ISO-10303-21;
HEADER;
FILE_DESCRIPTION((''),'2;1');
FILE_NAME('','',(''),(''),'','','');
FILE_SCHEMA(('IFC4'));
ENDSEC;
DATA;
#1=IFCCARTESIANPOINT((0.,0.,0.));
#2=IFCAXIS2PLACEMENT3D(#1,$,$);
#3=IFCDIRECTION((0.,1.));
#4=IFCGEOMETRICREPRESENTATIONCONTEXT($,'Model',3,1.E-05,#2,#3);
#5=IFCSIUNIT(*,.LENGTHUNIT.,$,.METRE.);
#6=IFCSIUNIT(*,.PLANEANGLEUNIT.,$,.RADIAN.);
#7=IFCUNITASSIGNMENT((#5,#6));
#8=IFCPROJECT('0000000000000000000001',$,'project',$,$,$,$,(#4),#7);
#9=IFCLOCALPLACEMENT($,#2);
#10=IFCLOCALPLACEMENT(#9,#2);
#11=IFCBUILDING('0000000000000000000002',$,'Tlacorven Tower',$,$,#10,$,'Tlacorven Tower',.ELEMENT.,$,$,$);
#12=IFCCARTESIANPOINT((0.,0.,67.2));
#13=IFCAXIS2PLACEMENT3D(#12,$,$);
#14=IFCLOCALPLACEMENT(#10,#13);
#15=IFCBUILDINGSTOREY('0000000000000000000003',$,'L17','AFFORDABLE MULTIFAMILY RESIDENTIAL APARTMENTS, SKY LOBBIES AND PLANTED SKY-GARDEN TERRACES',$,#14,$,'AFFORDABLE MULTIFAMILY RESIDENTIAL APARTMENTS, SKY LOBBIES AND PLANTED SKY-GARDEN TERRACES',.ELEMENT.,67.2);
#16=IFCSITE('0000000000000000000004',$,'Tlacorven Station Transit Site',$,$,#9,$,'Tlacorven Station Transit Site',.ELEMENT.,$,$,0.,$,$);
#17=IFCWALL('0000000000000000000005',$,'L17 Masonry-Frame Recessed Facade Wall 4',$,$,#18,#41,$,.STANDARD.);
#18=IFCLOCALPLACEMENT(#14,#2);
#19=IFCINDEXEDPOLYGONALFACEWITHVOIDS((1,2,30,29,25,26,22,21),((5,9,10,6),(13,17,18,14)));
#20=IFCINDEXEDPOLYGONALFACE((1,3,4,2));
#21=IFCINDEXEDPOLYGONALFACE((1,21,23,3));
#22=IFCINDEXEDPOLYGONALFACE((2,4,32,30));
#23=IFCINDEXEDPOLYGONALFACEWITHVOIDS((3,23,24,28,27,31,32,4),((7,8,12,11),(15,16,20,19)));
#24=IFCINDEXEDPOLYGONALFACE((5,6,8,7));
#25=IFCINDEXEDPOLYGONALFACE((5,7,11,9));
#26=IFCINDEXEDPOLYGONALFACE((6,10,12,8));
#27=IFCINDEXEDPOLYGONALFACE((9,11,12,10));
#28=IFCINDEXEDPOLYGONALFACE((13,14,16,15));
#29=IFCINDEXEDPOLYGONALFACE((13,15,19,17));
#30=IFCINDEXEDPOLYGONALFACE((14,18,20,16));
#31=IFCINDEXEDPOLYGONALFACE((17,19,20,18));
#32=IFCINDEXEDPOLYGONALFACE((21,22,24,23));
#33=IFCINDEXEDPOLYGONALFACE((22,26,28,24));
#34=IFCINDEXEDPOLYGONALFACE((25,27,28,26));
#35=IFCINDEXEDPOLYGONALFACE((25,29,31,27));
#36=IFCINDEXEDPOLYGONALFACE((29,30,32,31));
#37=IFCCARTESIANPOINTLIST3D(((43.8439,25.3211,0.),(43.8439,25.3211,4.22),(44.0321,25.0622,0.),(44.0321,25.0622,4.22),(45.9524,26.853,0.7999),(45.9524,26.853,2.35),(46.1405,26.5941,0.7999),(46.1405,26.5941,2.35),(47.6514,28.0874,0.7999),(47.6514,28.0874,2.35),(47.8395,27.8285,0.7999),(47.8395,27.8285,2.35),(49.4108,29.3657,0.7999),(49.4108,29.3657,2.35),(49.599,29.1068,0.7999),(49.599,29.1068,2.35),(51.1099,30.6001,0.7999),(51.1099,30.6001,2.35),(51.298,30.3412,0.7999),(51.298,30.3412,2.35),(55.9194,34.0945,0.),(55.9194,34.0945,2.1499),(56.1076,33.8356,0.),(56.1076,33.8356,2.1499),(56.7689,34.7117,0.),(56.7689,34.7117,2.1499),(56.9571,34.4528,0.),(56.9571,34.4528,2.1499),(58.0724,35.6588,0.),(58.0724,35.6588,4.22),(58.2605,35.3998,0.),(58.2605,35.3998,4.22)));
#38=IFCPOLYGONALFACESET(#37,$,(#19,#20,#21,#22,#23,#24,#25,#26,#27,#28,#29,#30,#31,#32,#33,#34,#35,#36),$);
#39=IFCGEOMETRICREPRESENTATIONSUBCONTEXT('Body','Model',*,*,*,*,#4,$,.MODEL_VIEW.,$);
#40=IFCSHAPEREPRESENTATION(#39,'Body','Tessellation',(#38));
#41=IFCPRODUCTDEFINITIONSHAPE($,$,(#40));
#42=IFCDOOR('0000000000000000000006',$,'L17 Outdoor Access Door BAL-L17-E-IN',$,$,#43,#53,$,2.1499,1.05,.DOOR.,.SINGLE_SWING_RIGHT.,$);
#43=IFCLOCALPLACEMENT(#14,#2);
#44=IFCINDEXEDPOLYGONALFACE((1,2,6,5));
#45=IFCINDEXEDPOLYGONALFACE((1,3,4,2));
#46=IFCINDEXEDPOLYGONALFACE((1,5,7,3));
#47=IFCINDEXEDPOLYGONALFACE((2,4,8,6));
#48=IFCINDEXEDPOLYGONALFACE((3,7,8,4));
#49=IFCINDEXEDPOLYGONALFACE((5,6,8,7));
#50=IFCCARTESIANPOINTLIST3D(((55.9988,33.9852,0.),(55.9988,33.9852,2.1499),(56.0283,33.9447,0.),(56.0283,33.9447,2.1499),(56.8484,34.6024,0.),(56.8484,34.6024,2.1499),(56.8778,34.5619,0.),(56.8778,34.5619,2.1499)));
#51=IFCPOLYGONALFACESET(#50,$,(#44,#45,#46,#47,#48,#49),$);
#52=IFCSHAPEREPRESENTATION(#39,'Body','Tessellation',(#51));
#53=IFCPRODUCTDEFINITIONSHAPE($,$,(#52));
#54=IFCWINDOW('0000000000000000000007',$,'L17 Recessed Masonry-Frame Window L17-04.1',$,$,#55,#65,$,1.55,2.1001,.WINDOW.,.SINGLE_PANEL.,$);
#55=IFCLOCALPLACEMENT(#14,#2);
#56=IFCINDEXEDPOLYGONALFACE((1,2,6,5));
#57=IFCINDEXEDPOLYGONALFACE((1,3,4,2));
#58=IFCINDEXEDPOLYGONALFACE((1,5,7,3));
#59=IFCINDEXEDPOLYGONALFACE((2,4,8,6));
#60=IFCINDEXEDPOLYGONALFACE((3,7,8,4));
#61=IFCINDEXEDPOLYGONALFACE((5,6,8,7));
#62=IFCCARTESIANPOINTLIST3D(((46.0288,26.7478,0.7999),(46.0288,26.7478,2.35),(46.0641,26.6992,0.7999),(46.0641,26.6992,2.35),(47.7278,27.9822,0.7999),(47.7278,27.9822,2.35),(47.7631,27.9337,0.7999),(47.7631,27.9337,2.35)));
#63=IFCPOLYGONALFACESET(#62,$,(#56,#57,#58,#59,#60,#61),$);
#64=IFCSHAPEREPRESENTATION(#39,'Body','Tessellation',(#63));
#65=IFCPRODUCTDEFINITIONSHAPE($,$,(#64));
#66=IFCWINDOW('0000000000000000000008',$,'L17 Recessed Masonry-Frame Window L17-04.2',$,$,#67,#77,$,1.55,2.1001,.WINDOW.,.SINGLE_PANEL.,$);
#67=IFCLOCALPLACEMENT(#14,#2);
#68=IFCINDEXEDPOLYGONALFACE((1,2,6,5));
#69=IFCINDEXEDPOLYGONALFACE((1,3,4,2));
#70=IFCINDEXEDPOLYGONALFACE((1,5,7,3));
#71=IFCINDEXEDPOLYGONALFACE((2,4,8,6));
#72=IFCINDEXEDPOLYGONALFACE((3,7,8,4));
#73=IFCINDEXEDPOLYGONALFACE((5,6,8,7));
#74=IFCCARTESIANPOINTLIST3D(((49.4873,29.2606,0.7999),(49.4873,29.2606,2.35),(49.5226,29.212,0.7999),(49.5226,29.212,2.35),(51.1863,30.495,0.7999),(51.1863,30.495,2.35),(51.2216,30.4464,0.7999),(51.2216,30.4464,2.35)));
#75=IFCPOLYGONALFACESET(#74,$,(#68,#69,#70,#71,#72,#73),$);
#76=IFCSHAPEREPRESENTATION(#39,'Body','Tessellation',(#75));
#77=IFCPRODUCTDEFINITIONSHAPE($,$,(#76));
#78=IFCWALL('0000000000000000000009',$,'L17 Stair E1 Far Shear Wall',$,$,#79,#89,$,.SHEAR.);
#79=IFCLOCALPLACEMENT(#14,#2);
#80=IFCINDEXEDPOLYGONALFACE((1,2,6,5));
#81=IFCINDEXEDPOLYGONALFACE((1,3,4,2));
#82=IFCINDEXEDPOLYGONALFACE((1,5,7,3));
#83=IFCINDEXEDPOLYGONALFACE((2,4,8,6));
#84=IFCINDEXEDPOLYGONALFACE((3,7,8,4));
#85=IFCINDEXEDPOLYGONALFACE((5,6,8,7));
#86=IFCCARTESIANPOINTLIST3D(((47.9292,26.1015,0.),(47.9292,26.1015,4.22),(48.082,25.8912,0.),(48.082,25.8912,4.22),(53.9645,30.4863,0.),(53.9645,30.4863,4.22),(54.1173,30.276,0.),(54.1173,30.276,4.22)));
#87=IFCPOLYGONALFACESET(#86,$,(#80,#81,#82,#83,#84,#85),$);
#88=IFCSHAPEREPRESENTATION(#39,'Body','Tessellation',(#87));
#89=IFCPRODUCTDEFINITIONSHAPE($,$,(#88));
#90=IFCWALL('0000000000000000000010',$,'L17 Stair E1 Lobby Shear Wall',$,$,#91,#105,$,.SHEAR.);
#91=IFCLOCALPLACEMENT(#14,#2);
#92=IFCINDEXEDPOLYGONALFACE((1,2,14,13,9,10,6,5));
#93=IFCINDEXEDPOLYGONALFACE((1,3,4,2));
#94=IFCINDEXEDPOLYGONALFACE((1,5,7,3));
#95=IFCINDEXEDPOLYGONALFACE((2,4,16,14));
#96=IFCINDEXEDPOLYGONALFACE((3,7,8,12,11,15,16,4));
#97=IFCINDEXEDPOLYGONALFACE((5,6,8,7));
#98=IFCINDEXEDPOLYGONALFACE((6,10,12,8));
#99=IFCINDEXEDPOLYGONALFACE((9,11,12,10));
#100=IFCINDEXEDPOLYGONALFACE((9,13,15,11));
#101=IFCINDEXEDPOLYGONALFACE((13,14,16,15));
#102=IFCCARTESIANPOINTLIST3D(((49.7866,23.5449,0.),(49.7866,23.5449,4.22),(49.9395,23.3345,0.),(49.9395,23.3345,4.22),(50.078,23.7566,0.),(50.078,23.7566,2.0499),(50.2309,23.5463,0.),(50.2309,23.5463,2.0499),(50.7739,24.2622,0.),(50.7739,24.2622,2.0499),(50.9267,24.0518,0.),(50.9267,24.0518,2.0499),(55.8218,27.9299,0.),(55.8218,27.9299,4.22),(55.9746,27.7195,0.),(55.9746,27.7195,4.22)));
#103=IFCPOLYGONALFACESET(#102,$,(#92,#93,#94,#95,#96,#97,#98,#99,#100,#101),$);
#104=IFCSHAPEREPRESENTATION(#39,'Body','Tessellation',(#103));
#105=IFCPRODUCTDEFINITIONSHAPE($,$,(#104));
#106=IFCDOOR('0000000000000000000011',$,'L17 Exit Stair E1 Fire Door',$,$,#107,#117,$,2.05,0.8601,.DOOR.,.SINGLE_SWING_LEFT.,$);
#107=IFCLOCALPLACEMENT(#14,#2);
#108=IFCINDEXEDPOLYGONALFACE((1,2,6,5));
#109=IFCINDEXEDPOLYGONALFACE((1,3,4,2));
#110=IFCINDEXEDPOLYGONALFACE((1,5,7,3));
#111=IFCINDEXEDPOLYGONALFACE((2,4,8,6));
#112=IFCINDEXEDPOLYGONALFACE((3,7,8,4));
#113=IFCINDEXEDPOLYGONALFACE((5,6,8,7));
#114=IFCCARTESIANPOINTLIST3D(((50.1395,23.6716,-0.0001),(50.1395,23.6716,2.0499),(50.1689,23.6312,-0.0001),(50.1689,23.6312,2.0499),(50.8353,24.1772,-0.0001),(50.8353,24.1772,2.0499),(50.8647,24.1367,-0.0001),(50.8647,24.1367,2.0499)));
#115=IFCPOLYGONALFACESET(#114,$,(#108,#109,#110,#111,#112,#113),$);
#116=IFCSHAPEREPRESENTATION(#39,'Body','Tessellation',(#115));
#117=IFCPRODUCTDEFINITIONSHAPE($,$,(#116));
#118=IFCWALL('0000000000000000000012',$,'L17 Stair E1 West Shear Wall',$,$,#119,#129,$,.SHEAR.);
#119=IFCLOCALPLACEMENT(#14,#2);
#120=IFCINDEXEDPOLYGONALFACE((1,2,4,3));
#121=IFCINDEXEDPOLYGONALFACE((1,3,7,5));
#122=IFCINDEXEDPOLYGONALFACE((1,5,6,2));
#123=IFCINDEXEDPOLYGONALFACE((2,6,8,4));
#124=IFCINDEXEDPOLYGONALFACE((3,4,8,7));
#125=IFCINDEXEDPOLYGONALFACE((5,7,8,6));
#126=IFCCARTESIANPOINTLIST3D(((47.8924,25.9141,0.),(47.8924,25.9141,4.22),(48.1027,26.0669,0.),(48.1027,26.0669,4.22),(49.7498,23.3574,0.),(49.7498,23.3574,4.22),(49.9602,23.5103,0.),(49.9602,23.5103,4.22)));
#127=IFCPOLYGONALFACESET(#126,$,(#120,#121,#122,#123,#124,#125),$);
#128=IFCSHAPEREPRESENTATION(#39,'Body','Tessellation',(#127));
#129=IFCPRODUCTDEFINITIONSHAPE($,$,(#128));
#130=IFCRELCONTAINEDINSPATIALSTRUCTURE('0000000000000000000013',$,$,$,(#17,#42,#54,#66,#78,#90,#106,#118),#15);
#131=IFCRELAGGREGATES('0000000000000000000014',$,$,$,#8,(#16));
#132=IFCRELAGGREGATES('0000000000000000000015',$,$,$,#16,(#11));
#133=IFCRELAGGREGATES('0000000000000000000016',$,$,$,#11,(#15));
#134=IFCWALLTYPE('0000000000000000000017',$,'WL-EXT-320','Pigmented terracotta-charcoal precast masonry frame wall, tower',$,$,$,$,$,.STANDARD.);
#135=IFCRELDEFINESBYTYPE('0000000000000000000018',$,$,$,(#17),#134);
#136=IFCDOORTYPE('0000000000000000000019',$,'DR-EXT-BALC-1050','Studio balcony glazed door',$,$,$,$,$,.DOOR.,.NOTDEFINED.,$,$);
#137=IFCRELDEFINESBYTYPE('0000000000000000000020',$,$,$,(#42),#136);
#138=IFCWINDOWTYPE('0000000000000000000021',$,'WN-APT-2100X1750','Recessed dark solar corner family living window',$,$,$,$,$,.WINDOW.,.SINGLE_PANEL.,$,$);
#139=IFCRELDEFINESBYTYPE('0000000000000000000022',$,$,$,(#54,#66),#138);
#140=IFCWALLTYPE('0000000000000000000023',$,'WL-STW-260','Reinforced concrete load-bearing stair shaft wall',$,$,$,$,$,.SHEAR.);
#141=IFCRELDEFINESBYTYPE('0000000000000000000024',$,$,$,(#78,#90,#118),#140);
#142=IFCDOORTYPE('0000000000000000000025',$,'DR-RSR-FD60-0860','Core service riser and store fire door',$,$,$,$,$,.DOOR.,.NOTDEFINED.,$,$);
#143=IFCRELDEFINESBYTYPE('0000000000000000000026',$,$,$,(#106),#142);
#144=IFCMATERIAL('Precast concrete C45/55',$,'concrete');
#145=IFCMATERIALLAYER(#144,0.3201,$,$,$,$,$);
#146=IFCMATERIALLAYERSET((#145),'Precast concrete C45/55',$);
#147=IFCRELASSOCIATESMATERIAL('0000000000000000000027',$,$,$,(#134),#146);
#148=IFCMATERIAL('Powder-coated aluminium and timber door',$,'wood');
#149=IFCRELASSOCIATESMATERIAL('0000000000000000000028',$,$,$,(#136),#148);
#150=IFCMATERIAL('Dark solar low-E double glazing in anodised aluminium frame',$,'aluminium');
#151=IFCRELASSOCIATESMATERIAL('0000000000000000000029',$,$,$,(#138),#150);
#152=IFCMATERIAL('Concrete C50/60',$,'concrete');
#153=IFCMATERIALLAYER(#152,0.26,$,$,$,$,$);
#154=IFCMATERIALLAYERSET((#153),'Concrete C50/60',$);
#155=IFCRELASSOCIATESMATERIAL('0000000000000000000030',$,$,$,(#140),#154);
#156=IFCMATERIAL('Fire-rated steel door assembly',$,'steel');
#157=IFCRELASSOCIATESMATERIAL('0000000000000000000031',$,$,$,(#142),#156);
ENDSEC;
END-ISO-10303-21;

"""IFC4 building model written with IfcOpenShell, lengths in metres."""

from ifc_helpers import new_model, si_unit, direction, frame, frame_2d, origin, place, context, subcontext, project, spatial, rectangle, extrude, source, transform, mapped, material, layer, layer_set, type_object, element, fill, save


model = new_model("IFC4")

# Units and contexts
model_context = context("Model", 3, precision=1e-05, world=origin(), true_north=direction((0.0, 1.0)))
body_context = subcontext(model_context, "Body", "Model", "MODEL_VIEW")
ifc_project = project(units=[si_unit("LENGTHUNIT", "METRE"), si_unit("PLANEANGLEUNIT", "RADIAN")], contexts=[model_context])

# Site, building, storey
site_placement = place(None, origin())
site = spatial("IfcSite", under=ifc_project, at=site_placement, Name="Tlacorven Station Transit Site", LongName="Tlacorven Station Transit Site", CompositionType="ELEMENT", RefElevation=0.0)
building_placement = place(site_placement, origin())
building = spatial("IfcBuilding", under=site, at=building_placement, Name="Tlacorven Tower", LongName="Tlacorven Tower", CompositionType="ELEMENT")
storey_placement = place(building_placement, frame((0.0, 0.0, 67.2)))
storey = spatial("IfcBuildingStorey", under=building, at=storey_placement, Name="L17", Description="AFFORDABLE MULTIFAMILY RESIDENTIAL APARTMENTS, SKY LOBBIES AND PLANTED SKY-GARDEN TERRACES", LongName="AFFORDABLE MULTIFAMILY RESIDENTIAL APARTMENTS, SKY LOBBIES AND PLANTED SKY-GARDEN TERRACES", CompositionType="ELEMENT", Elevation=67.2)

# Wall, openings, door, windows
ifc_material_1 = material(Name="Precast concrete C45/55", Category="concrete")
ifc_layer_1 = layer(ifc_material_1, 0.3201)
ifc_layer_set_1 = layer_set([ifc_layer_1], Name="Precast concrete C45/55")
wall_type_1 = type_object("IfcWallType", Name="WL-EXT-320", Description="Pigmented terracotta-charcoal precast masonry frame wall, tower", PredefinedType="STANDARD", material=ifc_layer_set_1)
wall_1_placement = place(storey_placement, frame((43.938, 25.1917, 0.0), z_axis=(0.0, 0.0, 1.0), x_axis=(0.809016, 0.587786, 0.0)))
wall_1 = element("IfcWall", 1, at=wall_1_placement, inside=storey, type_object=wall_type_1, Name="L17 Masonry-Frame Recessed Facade Wall 4", PredefinedType="STANDARD", context=body_context, shape_type="SweptSolid", body=[
    extrude(rectangle(XDim=17.5874, YDim=0.3201, at=frame_2d((8.7937, 0.0))), origin(), (0.0, 0.0, 1.0), 4.22),
])
opening_1_placement = place(wall_1_placement, frame((14.9263, 0.0, 0.0)))
opening_1 = element("IfcOpeningElement", 2, at=opening_1_placement, cuts=wall_1, PredefinedType="OPENING", context=body_context, shape_type="SweptSolid", body=[
    extrude(rectangle(XDim=1.05, YDim=2.1499, at=frame_2d((0.5249, 1.075))), frame((0.0, 0.1699, 0.0), z_axis=(0.0, -1.0, 0.0), x_axis=(1.0, 0.0, 0.0)), (0.0, 0.0, 1.0), 0.3401),
])
opening_2_placement = place(wall_1_placement, frame((2.6062, 0.0, 0.8)))
opening_2 = element("IfcOpeningElement", 3, at=opening_2_placement, cuts=wall_1, PredefinedType="OPENING", context=body_context, shape_type="SweptSolid", body=[
    extrude(rectangle(XDim=2.1001, YDim=1.55, at=frame_2d((1.05, 0.7749))), frame((0.0, 0.1699, 0.0), z_axis=(0.0, -1.0, 0.0), x_axis=(1.0, 0.0, 0.0)), (0.0, 0.0, 1.0), 0.3401),
])
opening_3_placement = place(wall_1_placement, frame((6.8811, 0.0, 0.8)))
opening_3 = element("IfcOpeningElement", 4, at=opening_3_placement, cuts=wall_1, PredefinedType="OPENING", context=body_context, shape_type="SweptSolid", body=[
    extrude(rectangle(XDim=2.1001, YDim=1.55, at=frame_2d((1.05, 0.7749))), frame((0.0, 0.1699, 0.0), z_axis=(0.0, -1.0, 0.0), x_axis=(1.0, 0.0, 0.0)), (0.0, 0.0, 1.0), 0.3401),
])
ifc_material_2 = material(Name="Powder-coated aluminium and timber door", Category="wood")
door_type_1 = type_object("IfcDoorType", Name="DR-EXT-BALC-1050", Description="Studio balcony glazed door", OperationType="NOTDEFINED", PredefinedType="DOOR", material=ifc_material_2)
shared_shape_1 = source(origin(), body_context, "Body", "SweptSolid", [
    extrude(rectangle(XDim=1.05, YDim=2.1499, at=frame_2d((0.5249, 1.075))), frame((0.0, 0.0249, 0.0), z_axis=(0.0, -1.0, 0.0), x_axis=(1.0, 0.0, 0.0)), (0.0, 0.0, 1.0), 0.05),
])
door_1_placement = place(opening_1_placement, origin())
door_1 = element("IfcDoor", 5, at=door_1_placement, inside=storey, type_object=door_type_1, Name="L17 Outdoor Access Door BAL-L17-E-IN", OperationType="SINGLE_SWING_RIGHT", OverallHeight=2.1499, OverallWidth=1.05, PredefinedType="DOOR", context=body_context, shape_type="MappedRepresentation", body=[
    mapped(shared_shape_1, transform((0.0, 0.0, 0.0), scale=1.0)),
])
fill(opening_1, door_1)
ifc_material_3 = material(Name="Dark solar low-E double glazing in anodised aluminium frame", Category="aluminium")
window_type = type_object("IfcWindowType", Name="WN-APT-2100X1750", Description="Recessed dark solar corner family living window", PartitioningType="SINGLE_PANEL", PredefinedType="WINDOW", material=ifc_material_3)
shared_shape_2 = source(origin(), body_context, "Body", "SweptSolid", [
    extrude(rectangle(XDim=2.1001, YDim=1.55, at=frame_2d((1.05, 0.7749))), frame((0.0, 0.03, 0.0), z_axis=(0.0, -1.0, 0.0), x_axis=(1.0, 0.0, 0.0)), (0.0, 0.0, 1.0), 0.0601),
])
window_1_placement = place(opening_2_placement, origin())
window_1 = element("IfcWindow", 6, at=window_1_placement, inside=storey, type_object=window_type, Name="L17 Recessed Masonry-Frame Window L17-04.1", OverallHeight=1.55, OverallWidth=2.1001, PartitioningType="SINGLE_PANEL", PredefinedType="WINDOW", context=body_context, shape_type="MappedRepresentation", body=[
    mapped(shared_shape_2, transform((0.0, 0.0, 0.0), scale=1.0)),
])
fill(opening_2, window_1)
window_2_placement = place(opening_3_placement, origin())
window_2 = element("IfcWindow", 7, at=window_2_placement, inside=storey, type_object=window_type, Name="L17 Recessed Masonry-Frame Window L17-04.2", OverallHeight=1.55, OverallWidth=2.1001, PartitioningType="SINGLE_PANEL", PredefinedType="WINDOW", context=body_context, shape_type="MappedRepresentation", body=[
    mapped(shared_shape_2, transform((0.0, 0.0, 0.0), scale=1.0)),
])
fill(opening_3, window_2)

# Wall
ifc_material_4 = material(Name="Concrete C50/60", Category="concrete")
ifc_layer_2 = layer(ifc_material_4, 0.26)
ifc_layer_set_2 = layer_set([ifc_layer_2], Name="Concrete C50/60")
wall_type_2 = type_object("IfcWallType", Name="WL-STW-260", Description="Reinforced concrete load-bearing stair shaft wall", PredefinedType="SHEAR", material=ifc_layer_set_2)
wall_2_placement = place(storey_placement, frame((48.0056, 25.9963, 0.0), z_axis=(0.0, 0.0, 1.0), x_axis=(0.809019, 0.587782, 0.0)))
element("IfcWall", 8, at=wall_2_placement, inside=storey, type_object=wall_type_2, Name="L17 Stair E1 Far Shear Wall", PredefinedType="SHEAR", context=body_context, shape_type="SweptSolid", body=[
    extrude(rectangle(XDim=7.46, YDim=0.26, at=frame_2d((3.73, 0.0))), origin(), (0.0, 0.0, 1.0), 4.22),
])

# Wall, opening, door
wall_3_placement = place(storey_placement, frame((49.863, 23.4397, 0.0), z_axis=(0.0, 0.0, 1.0), x_axis=(0.809003, 0.587804, 0.0)))
wall_3 = element("IfcWall", 9, at=wall_3_placement, inside=storey, type_object=wall_type_2, Name="L17 Stair E1 Lobby Shear Wall", PredefinedType="SHEAR", context=body_context, shape_type="SweptSolid", body=[
    extrude(rectangle(XDim=7.46, YDim=0.26, at=frame_2d((3.73, 0.0))), origin(), (0.0, 0.0, 1.0), 4.22),
])
opening_4_placement = place(wall_3_placement, frame((0.3601, 0.0, 0.0)))
opening_4 = element("IfcOpeningElement", 10, at=opening_4_placement, cuts=wall_3, PredefinedType="OPENING", context=body_context, shape_type="SweptSolid", body=[
    extrude(rectangle(XDim=0.8601, YDim=2.05, at=frame_2d((0.4302, 1.0249))), frame((0.0, 0.1401, 0.0), z_axis=(0.0, -1.0, 0.0), x_axis=(1.0, 0.0, 0.0)), (0.0, 0.0, 1.0), 0.28),
])
ifc_material_5 = material(Name="Fire-rated steel door assembly", Category="steel")
door_type_2 = type_object("IfcDoorType", Name="DR-RSR-FD60-0860", Description="Core service riser and store fire door", OperationType="NOTDEFINED", PredefinedType="DOOR", material=ifc_material_5)
shared_shape_3 = source(origin(), body_context, "Body", "SweptSolid", [
    extrude(rectangle(XDim=0.8601, YDim=2.05, at=frame_2d((0.4302, 1.0249))), frame((0.0, 0.0249, 0.0), z_axis=(0.0, -1.0, 0.0), x_axis=(1.0, 0.0, 0.0)), (0.0, 0.0, 1.0), 0.05),
])
door_2_placement = place(opening_4_placement, frame((0.8601, 0.0, 0.0), z_axis=(0.0, 0.0, 1.0), x_axis=(-1.0, 0.0, 0.0)))
door_2 = element("IfcDoor", 11, at=door_2_placement, inside=storey, type_object=door_type_2, Name="L17 Exit Stair E1 Fire Door", OperationType="SINGLE_SWING_LEFT", OverallHeight=2.05, OverallWidth=0.8601, PredefinedType="DOOR", context=body_context, shape_type="MappedRepresentation", body=[
    mapped(shared_shape_3, transform((0.0, 0.0, 0.0), scale=1.0)),
])
fill(opening_4, door_2)

# Wall
wall_4_placement = place(storey_placement, frame((49.855, 23.4338, 0.0), z_axis=(0.0, 0.0, 1.0), x_axis=(-0.587767, 0.80903, 0.0)))
element("IfcWall", 12, at=wall_4_placement, inside=storey, type_object=wall_type_2, Name="L17 Stair E1 West Shear Wall", PredefinedType="SHEAR", context=body_context, shape_type="SweptSolid", body=[
    extrude(rectangle(XDim=3.1602, YDim=0.26, at=frame_2d((1.5801, 0.0))), origin(), (0.0, 0.0, 1.0), 4.22),
])

save(model, "model.ifc")
